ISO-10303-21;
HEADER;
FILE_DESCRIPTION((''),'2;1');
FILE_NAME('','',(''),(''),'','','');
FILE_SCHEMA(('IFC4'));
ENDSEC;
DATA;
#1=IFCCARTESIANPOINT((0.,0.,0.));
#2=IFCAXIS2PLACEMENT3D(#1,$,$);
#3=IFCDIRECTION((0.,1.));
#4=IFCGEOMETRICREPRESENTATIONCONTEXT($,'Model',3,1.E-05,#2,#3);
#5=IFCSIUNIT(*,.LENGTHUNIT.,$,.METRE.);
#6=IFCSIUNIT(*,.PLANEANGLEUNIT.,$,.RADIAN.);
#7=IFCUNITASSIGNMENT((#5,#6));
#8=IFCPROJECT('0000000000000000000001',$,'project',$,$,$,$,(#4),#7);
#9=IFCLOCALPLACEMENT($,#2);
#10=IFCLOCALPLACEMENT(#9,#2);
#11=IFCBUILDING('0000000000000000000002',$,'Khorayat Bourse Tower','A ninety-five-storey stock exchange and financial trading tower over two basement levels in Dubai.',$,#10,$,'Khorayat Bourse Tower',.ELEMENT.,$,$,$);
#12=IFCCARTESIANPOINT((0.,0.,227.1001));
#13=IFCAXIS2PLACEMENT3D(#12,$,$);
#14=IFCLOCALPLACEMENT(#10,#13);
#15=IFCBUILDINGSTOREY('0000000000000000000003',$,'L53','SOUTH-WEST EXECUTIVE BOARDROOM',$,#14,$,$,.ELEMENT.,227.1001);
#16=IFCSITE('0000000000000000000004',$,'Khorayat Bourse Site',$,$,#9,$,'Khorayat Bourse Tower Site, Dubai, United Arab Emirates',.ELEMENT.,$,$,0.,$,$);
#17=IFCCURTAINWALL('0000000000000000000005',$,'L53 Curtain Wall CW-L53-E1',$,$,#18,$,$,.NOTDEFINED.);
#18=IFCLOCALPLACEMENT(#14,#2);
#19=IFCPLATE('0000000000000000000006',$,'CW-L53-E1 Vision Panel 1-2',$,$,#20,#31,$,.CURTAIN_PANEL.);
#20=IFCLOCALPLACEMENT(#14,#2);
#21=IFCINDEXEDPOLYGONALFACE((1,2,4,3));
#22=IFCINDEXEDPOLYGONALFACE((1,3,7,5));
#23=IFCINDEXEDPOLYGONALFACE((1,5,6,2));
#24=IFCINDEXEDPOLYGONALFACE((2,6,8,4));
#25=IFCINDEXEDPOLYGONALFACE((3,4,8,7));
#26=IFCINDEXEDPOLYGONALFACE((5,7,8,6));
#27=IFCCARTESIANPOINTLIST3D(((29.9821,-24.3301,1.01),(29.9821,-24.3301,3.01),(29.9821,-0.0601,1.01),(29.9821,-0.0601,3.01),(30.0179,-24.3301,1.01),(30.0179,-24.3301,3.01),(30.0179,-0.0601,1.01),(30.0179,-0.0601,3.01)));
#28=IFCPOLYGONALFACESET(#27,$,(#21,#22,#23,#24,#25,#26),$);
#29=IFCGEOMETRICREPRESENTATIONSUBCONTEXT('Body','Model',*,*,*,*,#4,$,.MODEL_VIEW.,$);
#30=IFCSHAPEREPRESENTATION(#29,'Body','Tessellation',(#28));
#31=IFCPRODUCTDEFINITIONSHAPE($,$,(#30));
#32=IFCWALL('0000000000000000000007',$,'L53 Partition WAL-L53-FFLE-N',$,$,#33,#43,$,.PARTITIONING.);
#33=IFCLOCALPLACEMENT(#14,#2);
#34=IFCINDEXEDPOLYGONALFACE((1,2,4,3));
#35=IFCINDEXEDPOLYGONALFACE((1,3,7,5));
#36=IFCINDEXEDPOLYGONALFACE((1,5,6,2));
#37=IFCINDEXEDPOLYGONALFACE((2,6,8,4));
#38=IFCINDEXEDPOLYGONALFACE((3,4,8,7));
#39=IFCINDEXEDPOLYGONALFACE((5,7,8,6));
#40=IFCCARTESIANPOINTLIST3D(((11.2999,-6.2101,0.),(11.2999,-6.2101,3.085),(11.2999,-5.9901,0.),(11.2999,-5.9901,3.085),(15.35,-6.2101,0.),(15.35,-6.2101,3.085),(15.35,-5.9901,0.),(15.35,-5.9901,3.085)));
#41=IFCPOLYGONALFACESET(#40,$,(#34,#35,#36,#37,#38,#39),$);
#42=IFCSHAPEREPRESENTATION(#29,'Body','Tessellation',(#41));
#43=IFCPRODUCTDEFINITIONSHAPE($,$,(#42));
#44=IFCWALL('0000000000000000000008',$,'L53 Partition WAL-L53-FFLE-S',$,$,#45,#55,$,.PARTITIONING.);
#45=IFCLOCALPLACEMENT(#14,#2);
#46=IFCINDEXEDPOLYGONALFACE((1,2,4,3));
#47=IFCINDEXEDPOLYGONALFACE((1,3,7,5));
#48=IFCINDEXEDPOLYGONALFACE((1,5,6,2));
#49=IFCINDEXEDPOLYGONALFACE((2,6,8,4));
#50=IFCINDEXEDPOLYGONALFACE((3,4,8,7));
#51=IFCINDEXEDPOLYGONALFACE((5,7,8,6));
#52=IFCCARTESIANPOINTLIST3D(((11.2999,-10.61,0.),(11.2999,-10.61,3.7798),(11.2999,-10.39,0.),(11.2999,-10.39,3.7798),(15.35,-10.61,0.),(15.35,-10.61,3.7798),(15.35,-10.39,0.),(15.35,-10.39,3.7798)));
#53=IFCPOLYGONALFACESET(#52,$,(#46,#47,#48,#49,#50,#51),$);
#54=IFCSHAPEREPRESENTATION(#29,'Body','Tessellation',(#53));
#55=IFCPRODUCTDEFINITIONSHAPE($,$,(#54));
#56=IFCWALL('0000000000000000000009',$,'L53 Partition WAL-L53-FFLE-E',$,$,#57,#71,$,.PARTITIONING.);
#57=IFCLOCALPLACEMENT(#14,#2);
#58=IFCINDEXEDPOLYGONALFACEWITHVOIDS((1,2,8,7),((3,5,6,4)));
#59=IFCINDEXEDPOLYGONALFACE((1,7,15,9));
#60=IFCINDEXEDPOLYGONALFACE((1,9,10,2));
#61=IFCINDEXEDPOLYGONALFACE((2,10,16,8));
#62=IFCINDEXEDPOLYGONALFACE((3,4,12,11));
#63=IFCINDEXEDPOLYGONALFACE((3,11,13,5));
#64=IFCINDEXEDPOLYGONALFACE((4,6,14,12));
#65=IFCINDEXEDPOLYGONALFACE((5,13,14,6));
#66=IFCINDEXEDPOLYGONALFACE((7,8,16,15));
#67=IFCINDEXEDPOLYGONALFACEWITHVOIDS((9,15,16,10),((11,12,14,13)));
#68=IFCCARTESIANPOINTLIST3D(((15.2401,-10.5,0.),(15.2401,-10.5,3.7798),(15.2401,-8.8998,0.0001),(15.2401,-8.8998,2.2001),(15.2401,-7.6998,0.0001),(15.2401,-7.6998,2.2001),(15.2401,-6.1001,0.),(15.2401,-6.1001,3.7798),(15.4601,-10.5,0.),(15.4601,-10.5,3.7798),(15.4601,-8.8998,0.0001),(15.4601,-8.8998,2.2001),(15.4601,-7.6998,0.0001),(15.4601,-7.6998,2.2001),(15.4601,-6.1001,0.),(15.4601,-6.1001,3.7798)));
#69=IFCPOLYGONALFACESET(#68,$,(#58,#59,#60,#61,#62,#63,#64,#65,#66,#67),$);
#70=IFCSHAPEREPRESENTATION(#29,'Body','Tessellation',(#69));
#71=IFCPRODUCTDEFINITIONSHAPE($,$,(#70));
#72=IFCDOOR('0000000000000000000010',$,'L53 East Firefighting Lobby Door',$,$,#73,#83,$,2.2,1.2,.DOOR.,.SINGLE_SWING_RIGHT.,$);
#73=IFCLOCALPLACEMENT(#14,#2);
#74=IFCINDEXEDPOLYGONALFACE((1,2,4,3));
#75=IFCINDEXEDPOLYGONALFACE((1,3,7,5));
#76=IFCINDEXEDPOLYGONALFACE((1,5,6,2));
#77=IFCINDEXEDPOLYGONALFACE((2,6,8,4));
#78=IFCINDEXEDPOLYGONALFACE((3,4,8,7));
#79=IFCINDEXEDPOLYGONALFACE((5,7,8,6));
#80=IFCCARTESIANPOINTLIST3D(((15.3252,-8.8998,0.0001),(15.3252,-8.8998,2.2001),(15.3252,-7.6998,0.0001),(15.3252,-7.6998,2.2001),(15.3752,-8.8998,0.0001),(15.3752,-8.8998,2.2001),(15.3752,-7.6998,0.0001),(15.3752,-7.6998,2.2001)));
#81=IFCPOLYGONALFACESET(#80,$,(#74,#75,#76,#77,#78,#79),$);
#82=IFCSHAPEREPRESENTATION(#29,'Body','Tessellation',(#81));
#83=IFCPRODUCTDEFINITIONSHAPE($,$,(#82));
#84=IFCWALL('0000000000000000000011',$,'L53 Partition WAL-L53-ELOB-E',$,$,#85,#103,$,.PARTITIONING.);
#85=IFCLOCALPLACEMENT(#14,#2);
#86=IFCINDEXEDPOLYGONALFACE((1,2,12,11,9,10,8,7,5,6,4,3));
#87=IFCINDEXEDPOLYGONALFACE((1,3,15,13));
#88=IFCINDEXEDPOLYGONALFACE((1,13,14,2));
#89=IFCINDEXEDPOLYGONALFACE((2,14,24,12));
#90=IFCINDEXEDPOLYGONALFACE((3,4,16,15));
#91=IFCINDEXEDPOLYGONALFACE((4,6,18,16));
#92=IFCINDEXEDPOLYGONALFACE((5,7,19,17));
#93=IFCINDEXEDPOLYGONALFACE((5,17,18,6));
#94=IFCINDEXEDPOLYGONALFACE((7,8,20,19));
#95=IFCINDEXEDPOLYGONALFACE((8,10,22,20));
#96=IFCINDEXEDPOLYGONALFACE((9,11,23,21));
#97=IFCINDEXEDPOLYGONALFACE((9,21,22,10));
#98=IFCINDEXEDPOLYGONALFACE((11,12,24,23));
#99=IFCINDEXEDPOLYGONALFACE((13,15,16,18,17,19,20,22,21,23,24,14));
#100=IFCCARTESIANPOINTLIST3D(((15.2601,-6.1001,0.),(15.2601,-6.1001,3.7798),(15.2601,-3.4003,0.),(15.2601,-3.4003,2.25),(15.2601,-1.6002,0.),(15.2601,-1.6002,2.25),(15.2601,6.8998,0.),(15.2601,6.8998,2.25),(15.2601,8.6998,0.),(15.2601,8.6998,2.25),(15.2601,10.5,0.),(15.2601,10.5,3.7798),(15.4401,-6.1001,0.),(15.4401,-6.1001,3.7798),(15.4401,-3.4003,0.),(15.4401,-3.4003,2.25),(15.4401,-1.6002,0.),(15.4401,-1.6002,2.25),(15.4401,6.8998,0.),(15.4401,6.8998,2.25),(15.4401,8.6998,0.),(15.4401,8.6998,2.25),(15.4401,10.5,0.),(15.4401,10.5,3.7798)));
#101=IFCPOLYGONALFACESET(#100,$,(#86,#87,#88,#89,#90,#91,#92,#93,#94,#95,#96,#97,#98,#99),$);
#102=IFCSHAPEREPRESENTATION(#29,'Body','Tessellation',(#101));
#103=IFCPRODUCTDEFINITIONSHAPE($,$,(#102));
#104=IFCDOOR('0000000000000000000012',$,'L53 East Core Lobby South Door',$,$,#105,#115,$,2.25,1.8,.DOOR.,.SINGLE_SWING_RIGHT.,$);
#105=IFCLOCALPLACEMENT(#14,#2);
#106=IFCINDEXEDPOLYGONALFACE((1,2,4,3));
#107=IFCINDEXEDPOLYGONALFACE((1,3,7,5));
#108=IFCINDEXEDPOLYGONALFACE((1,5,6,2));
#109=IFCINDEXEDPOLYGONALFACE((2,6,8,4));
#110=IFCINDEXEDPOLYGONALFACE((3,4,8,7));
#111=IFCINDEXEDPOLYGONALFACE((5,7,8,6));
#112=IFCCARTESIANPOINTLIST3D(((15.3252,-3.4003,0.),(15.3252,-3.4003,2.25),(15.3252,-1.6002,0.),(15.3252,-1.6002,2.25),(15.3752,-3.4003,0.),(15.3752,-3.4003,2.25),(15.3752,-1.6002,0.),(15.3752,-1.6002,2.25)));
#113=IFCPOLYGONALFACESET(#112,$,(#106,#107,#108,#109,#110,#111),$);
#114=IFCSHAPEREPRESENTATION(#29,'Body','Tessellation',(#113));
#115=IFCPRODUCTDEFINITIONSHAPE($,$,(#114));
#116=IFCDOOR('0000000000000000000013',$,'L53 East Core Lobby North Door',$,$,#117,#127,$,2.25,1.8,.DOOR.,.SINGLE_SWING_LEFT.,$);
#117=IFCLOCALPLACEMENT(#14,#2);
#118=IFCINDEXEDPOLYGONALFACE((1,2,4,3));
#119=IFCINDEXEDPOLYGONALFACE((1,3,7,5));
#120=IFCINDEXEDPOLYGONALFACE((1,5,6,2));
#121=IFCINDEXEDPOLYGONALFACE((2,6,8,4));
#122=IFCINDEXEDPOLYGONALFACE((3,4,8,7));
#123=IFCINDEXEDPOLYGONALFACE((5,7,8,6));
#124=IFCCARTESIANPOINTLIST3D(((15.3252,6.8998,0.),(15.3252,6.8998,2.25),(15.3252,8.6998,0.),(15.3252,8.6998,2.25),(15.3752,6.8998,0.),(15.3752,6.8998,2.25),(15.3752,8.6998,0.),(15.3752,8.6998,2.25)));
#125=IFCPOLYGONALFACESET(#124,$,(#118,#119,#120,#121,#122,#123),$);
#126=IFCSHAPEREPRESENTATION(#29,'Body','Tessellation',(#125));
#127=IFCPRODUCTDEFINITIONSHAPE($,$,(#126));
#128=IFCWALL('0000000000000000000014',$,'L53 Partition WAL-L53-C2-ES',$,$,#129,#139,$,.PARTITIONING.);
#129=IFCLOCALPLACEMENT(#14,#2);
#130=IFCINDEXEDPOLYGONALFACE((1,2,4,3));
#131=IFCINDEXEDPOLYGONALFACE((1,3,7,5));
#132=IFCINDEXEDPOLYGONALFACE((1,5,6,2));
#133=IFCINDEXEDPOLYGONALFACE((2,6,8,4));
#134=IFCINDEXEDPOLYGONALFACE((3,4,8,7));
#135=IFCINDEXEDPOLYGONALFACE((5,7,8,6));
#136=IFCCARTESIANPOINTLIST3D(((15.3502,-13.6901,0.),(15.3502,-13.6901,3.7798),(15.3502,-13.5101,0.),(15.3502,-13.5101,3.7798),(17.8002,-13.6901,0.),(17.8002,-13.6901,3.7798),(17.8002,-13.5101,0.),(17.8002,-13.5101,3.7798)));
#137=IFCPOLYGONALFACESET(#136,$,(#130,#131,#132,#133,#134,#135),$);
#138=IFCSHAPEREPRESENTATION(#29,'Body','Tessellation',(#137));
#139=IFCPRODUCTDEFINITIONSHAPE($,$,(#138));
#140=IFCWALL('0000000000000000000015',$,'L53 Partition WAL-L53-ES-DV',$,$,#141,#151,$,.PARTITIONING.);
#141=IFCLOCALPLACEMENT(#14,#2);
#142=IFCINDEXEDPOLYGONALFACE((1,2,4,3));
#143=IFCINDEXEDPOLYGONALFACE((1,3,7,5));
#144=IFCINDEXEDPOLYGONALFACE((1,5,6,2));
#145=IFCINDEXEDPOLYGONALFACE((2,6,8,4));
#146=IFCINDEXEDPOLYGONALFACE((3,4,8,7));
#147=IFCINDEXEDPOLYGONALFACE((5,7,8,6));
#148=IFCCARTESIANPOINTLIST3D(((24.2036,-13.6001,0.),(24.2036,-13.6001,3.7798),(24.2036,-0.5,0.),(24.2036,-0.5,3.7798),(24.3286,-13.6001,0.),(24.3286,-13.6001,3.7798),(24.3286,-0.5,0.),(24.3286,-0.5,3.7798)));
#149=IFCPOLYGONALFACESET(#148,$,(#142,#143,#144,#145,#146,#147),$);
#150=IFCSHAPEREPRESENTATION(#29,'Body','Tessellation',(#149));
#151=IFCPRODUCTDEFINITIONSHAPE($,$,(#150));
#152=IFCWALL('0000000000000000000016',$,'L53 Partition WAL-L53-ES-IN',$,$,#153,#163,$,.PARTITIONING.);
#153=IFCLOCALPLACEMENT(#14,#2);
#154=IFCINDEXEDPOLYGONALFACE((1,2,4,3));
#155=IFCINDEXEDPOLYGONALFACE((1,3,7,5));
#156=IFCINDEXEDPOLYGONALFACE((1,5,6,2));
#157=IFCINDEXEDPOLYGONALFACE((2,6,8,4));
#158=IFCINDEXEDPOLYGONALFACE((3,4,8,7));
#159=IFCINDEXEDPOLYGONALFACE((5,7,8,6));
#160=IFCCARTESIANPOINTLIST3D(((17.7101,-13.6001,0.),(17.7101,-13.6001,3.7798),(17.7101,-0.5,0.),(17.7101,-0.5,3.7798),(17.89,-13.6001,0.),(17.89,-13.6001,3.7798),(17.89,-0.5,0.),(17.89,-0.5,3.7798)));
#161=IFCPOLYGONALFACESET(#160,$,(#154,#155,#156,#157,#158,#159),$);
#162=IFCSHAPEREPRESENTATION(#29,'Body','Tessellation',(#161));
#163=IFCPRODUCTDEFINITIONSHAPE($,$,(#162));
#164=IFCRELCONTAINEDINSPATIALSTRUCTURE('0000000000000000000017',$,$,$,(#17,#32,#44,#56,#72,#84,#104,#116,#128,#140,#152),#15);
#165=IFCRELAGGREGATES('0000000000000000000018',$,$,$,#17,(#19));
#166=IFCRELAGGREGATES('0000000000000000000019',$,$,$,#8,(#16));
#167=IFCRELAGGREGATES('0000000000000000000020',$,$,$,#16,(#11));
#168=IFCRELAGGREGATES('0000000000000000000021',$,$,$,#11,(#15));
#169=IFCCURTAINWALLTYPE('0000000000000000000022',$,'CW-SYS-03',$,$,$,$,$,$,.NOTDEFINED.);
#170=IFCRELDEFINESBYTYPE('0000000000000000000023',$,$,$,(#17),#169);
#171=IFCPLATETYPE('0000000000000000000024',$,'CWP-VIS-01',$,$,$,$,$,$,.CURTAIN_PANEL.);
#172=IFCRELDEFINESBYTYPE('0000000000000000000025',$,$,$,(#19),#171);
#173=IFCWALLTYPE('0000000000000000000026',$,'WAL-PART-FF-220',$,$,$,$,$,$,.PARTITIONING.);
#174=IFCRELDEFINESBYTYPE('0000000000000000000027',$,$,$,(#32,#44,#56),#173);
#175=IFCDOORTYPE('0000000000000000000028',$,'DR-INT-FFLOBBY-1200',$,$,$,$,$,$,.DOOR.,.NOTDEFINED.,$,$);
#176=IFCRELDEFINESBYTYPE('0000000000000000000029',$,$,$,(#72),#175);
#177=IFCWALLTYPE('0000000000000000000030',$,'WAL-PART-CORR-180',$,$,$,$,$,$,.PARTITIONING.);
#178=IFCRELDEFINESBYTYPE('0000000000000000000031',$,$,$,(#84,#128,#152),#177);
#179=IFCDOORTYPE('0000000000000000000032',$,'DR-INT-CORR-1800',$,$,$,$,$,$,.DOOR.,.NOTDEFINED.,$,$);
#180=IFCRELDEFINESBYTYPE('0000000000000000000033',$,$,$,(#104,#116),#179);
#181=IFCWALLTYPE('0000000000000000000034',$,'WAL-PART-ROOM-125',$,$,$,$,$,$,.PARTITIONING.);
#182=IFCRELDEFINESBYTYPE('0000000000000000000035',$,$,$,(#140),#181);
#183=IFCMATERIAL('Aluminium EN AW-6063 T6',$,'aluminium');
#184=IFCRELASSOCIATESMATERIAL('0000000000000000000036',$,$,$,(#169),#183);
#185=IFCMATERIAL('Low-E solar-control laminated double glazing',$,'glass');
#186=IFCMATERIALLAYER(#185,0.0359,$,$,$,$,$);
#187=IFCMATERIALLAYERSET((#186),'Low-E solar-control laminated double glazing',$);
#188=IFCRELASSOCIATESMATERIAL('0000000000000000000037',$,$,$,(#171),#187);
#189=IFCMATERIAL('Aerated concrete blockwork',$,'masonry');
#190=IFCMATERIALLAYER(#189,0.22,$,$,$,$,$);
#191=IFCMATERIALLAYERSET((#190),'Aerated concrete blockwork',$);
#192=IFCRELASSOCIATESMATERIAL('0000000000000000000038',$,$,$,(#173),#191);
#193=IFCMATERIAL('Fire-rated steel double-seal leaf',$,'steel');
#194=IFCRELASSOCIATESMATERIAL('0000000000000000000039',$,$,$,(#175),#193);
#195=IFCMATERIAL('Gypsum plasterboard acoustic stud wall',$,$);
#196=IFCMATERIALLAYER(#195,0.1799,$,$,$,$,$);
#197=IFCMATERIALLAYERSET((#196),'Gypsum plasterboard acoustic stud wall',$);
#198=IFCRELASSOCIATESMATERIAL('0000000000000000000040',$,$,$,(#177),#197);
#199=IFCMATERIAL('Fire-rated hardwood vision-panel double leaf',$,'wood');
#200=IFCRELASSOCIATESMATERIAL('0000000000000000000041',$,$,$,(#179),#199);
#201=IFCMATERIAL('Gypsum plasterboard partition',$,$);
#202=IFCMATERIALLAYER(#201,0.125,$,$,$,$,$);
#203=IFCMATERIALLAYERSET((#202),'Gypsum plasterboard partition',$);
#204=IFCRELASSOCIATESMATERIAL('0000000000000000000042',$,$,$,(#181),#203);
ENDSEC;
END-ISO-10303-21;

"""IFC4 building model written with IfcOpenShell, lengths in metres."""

from ifc_helpers import new_model, si_unit, direction, frame, frame_2d, origin, origin_2d, place, context, subcontext, project, spatial, rectangle, extrude, source, transform, mapped, material, layer, layer_set, type_object, element, fill, aggregate, save


model = new_model("IFC4")

# Units and contexts
model_context = context("Model", 3, precision=1e-05, world=origin(), true_north=direction((0.0, 1.0)))
body_context = subcontext(model_context, "Body", "Model", "MODEL_VIEW")
ifc_project = project(units=[si_unit("LENGTHUNIT", "METRE"), si_unit("PLANEANGLEUNIT", "RADIAN")], contexts=[model_context])

# Site, building, storey
site_placement = place(None, origin())
site = spatial("IfcSite", under=ifc_project, at=site_placement, Name="Khorayat Bourse Site", LongName="Khorayat Bourse Tower Site, Dubai, United Arab Emirates", CompositionType="ELEMENT", RefElevation=0.0)
building_placement = place(site_placement, origin())
building = spatial("IfcBuilding", under=site, at=building_placement, Name="Khorayat Bourse Tower", Description="A ninety-five-storey stock exchange and financial trading tower over two basement levels in Dubai.", LongName="Khorayat Bourse Tower", CompositionType="ELEMENT")
storey_placement = place(building_placement, frame((0.0, 0.0, 227.1001)))
storey = spatial("IfcBuildingStorey", under=building, at=storey_placement, Name="L53", Description="SOUTH-WEST EXECUTIVE BOARDROOM", CompositionType="ELEMENT", Elevation=227.1001)

# Curtain wall
ifc_material_1 = material(Name="Aluminium EN AW-6063 T6", Category="aluminium")
curtain_wall_type = type_object("IfcCurtainWallType", Name="CW-SYS-03", PredefinedType="NOTDEFINED", material=ifc_material_1)
curtain_wall_placement = place(storey_placement, origin())
curtain_wall = element("IfcCurtainWall", 1, at=curtain_wall_placement, inside=storey, type_object=curtain_wall_type, Name="L53 Curtain Wall CW-L53-E1", PredefinedType="NOTDEFINED")

# Plate
ifc_material_2 = material(Name="Low-E solar-control laminated double glazing", Category="glass")
ifc_layer_1 = layer(ifc_material_2, 0.0359)
ifc_layer_set_1 = layer_set([ifc_layer_1], Name="Low-E solar-control laminated double glazing")
plate_type_1 = type_object("IfcPlateType", Name="CWP-VIS-01", PredefinedType="CURTAIN_PANEL", material=ifc_layer_set_1)
shared_shape_1 = source(origin(), body_context, "Body", "SweptSolid", [
    extrude(rectangle(XDim=24.27, YDim=0.0359, at=origin_2d()), origin(), (0.0, 0.0, 1.0), 2.0),
])
plate_1_placement = place(storey_placement, frame((30.0, -12.1951, 1.01), z_axis=(0.0, 0.0, 1.0), x_axis=(0.0, 1.0, 0.0)))
plate_1 = element("IfcPlate", 2, at=plate_1_placement, type_object=plate_type_1, Name="CW-L53-E1 Vision Panel 1-2", PredefinedType="CURTAIN_PANEL", context=body_context, shape_type="MappedRepresentation", body=[
    mapped(shared_shape_1, transform((0.0, 0.0, 0.0), scale=1.0)),
])
aggregate(curtain_wall, [plate_1])

# Walls
ifc_material_3 = material(Name="Aerated concrete blockwork", Category="masonry")
ifc_layer_2 = layer(ifc_material_3, 0.22)
ifc_layer_set_2 = layer_set([ifc_layer_2], Name="Aerated concrete blockwork")
wall_type_1 = type_object("IfcWallType", Name="WAL-PART-FF-220", PredefinedType="PARTITIONING", material=ifc_layer_set_2)
shared_shape_2 = source(origin(), body_context, "Body", "SweptSolid", [
    extrude(rectangle(XDim=4.05, YDim=0.22, at=frame_2d((2.0249, 0.0))), origin(), (0.0, 0.0, 1.0), 3.085),
])
wall_1_placement = place(storey_placement, frame((11.3, -6.1001, 0.0), z_axis=(0.0, 0.0, 1.0), x_axis=(1.0, 0.0, 0.0)))
element("IfcWall", 3, at=wall_1_placement, inside=storey, type_object=wall_type_1, Name="L53 Partition WAL-L53-FFLE-N", PredefinedType="PARTITIONING", context=body_context, shape_type="MappedRepresentation", body=[
    mapped(shared_shape_2, transform((0.0, 0.0, 0.0), scale=1.0)),
])
shared_shape_3 = source(origin(), body_context, "Body", "SweptSolid", [
    extrude(rectangle(XDim=4.05, YDim=0.22, at=frame_2d((2.0249, 0.0))), origin(), (0.0, 0.0, 1.0), 3.7798),
])
wall_2_placement = place(storey_placement, frame((11.3, -10.5, 0.0), z_axis=(0.0, 0.0, 1.0), x_axis=(1.0, 0.0, 0.0)))
element("IfcWall", 4, at=wall_2_placement, inside=storey, type_object=wall_type_1, Name="L53 Partition WAL-L53-FFLE-S", PredefinedType="PARTITIONING", context=body_context, shape_type="MappedRepresentation", body=[
    mapped(shared_shape_3, transform((0.0, 0.0, 0.0), scale=1.0)),
])

# Wall, opening, door
shared_shape_4 = source(origin(), body_context, "Body", "SweptSolid", [
    extrude(rectangle(XDim=4.3999, YDim=0.22, at=frame_2d((2.2, 0.0))), origin(), (0.0, 0.0, 1.0), 3.7798),
])
wall_3_placement = place(storey_placement, frame((15.3501, -10.5, 0.0), z_axis=(0.0, 0.0, 1.0), x_axis=(0.0, 1.0, 0.0)))
wall_3 = element("IfcWall", 5, at=wall_3_placement, inside=storey, type_object=wall_type_1, Name="L53 Partition WAL-L53-FFLE-E", PredefinedType="PARTITIONING", context=body_context, shape_type="MappedRepresentation", body=[
    mapped(shared_shape_4, transform((0.0, 0.0, 0.0), scale=1.0)),
])
shared_shape_5 = source(origin(), body_context, "Body", "SweptSolid", [
    extrude(rectangle(XDim=1.2, YDim=2.2, at=frame_2d((0.6001, 1.1001))), frame((0.0, 0.1199, 0.0), z_axis=(0.0, -1.0, 0.0), x_axis=(1.0, 0.0, 0.0)), (0.0, 0.0, 1.0), 0.24),
])
opening_1_placement = place(wall_3_placement, frame((1.6001, 0.0, 0.0)))
opening_1 = element("IfcOpeningElement", 6, at=opening_1_placement, cuts=wall_3, PredefinedType="OPENING", context=body_context, shape_type="MappedRepresentation", body=[
    mapped(shared_shape_5, transform((0.0, 0.0, 0.0), scale=1.0)),
])
ifc_material_4 = material(Name="Fire-rated steel double-seal leaf", Category="steel")
door_type_1 = type_object("IfcDoorType", Name="DR-INT-FFLOBBY-1200", OperationType="NOTDEFINED", PredefinedType="DOOR", material=ifc_material_4)
shared_shape_6 = source(origin(), body_context, "Body", "SweptSolid", [
    extrude(rectangle(XDim=1.2, YDim=2.2, at=frame_2d((0.6001, 1.1001))), frame((0.0, 0.0249, 0.0), z_axis=(0.0, -1.0, 0.0), x_axis=(1.0, 0.0, 0.0)), (0.0, 0.0, 1.0), 0.05),
])
door_1_placement = place(opening_1_placement, origin())
door_1 = element("IfcDoor", 7, at=door_1_placement, inside=storey, type_object=door_type_1, Name="L53 East Firefighting Lobby Door", OperationType="SINGLE_SWING_RIGHT", OverallHeight=2.2, OverallWidth=1.2, PredefinedType="DOOR", context=body_context, shape_type="MappedRepresentation", body=[
    mapped(shared_shape_6, transform((0.0, 0.0, 0.0), scale=1.0)),
])
fill(opening_1, door_1)

# Wall, openings, doors
ifc_material_5 = material(Name="Gypsum plasterboard acoustic stud wall")
ifc_layer_3 = layer(ifc_material_5, 0.1799)
ifc_layer_set_3 = layer_set([ifc_layer_3], Name="Gypsum plasterboard acoustic stud wall")
wall_type_2 = type_object("IfcWallType", Name="WAL-PART-CORR-180", PredefinedType="PARTITIONING", material=ifc_layer_set_3)
shared_shape_7 = source(origin(), body_context, "Body", "SweptSolid", [
    extrude(rectangle(XDim=16.6001, YDim=0.1799, at=frame_2d((8.3, 0.0))), origin(), (0.0, 0.0, 1.0), 3.7798),
])
wall_4_placement = place(storey_placement, frame((15.3501, -6.1001, 0.0), z_axis=(0.0, 0.0, 1.0), x_axis=(0.0, 1.0, 0.0)))
wall_4 = element("IfcWall", 8, at=wall_4_placement, inside=storey, type_object=wall_type_2, Name="L53 Partition WAL-L53-ELOB-E", PredefinedType="PARTITIONING", context=body_context, shape_type="MappedRepresentation", body=[
    mapped(shared_shape_7, transform((0.0, 0.0, 0.0), scale=1.0)),
])
shared_shape_8 = source(origin(), body_context, "Body", "SweptSolid", [
    extrude(rectangle(XDim=1.8, YDim=2.25, at=frame_2d((0.8999, 1.125))), frame((0.0, 0.0999, 0.0), z_axis=(0.0, -1.0, 0.0), x_axis=(1.0, 0.0, 0.0)), (0.0, 0.0, 1.0), 0.2),
])
opening_2_placement = place(wall_4_placement, frame((2.7, 0.0, 0.0)))
opening_2 = element("IfcOpeningElement", 9, at=opening_2_placement, cuts=wall_4, PredefinedType="OPENING", context=body_context, shape_type="MappedRepresentation", body=[
    mapped(shared_shape_8, transform((0.0, 0.0, 0.0), scale=1.0)),
])
opening_3_placement = place(wall_4_placement, frame((13.0, 0.0, 0.0)))
opening_3 = element("IfcOpeningElement", 10, at=opening_3_placement, cuts=wall_4, PredefinedType="OPENING", context=body_context, shape_type="MappedRepresentation", body=[
    mapped(shared_shape_8, transform((0.0, 0.0, 0.0), scale=1.0)),
])
ifc_material_6 = material(Name="Fire-rated hardwood vision-panel double leaf", Category="wood")
door_type_2 = type_object("IfcDoorType", Name="DR-INT-CORR-1800", OperationType="NOTDEFINED", PredefinedType="DOOR", material=ifc_material_6)
shared_shape_9 = source(origin(), body_context, "Body", "SweptSolid", [
    extrude(rectangle(XDim=1.8, YDim=2.25, at=frame_2d((0.8999, 1.125))), frame((0.0, 0.0249, 0.0), z_axis=(0.0, -1.0, 0.0), x_axis=(1.0, 0.0, 0.0)), (0.0, 0.0, 1.0), 0.05),
])
door_2_placement = place(opening_2_placement, origin())
door_2 = element("IfcDoor", 11, at=door_2_placement, inside=storey, type_object=door_type_2, Name="L53 East Core Lobby South Door", OperationType="SINGLE_SWING_RIGHT", OverallHeight=2.25, OverallWidth=1.8, PredefinedType="DOOR", context=body_context, shape_type="MappedRepresentation", body=[
    mapped(shared_shape_9, transform((0.0, 0.0, 0.0), scale=1.0)),
])
fill(opening_2, door_2)
door_3_placement = place(opening_3_placement, origin())
door_3 = element("IfcDoor", 12, at=door_3_placement, inside=storey, type_object=door_type_2, Name="L53 East Core Lobby North Door", OperationType="SINGLE_SWING_LEFT", OverallHeight=2.25, OverallWidth=1.8, PredefinedType="DOOR", context=body_context, shape_type="MappedRepresentation", body=[
    mapped(shared_shape_9, transform((0.0, 0.0, 0.0), scale=1.0)),
])
fill(opening_3, door_3)

# Walls
shared_shape_10 = source(origin(), body_context, "Body", "SweptSolid", [
    extrude(rectangle(XDim=2.45, YDim=0.1799, at=frame_2d((1.2251, 0.0))), origin(), (0.0, 0.0, 1.0), 3.7798),
])
wall_5_placement = place(storey_placement, frame((15.3501, -13.6001, 0.0), z_axis=(0.0, 0.0, 1.0), x_axis=(1.0, 0.0, 0.0)))
element("IfcWall", 13, at=wall_5_placement, inside=storey, type_object=wall_type_2, Name="L53 Partition WAL-L53-C2-ES", PredefinedType="PARTITIONING", context=body_context, shape_type="MappedRepresentation", body=[
    mapped(shared_shape_10, transform((0.0, 0.0, 0.0), scale=1.0)),
])
ifc_material_7 = material(Name="Gypsum plasterboard partition")
ifc_layer_4 = layer(ifc_material_7, 0.125)
ifc_layer_set_4 = layer_set([ifc_layer_4], Name="Gypsum plasterboard partition")
wall_type_3 = type_object("IfcWallType", Name="WAL-PART-ROOM-125", PredefinedType="PARTITIONING", material=ifc_layer_set_4)
shared_shape_11 = source(origin(), body_context, "Body", "SweptSolid", [
    extrude(rectangle(XDim=13.1001, YDim=0.125, at=frame_2d((6.55, 0.0))), origin(), (0.0, 0.0, 1.0), 3.7798),
])
wall_6_placement = place(storey_placement, frame((24.2661, -13.6001, 0.0), z_axis=(0.0, 0.0, 1.0), x_axis=(0.0, 1.0, 0.0)))
element("IfcWall", 14, at=wall_6_placement, inside=storey, type_object=wall_type_3, Name="L53 Partition WAL-L53-ES-DV", PredefinedType="PARTITIONING", context=body_context, shape_type="MappedRepresentation", body=[
    mapped(shared_shape_11, transform((0.0, 0.0, 0.0), scale=1.0)),
])
shared_shape_12 = source(origin(), body_context, "Body", "SweptSolid", [
    extrude(rectangle(XDim=13.1001, YDim=0.1799, at=frame_2d((6.55, 0.0))), origin(), (0.0, 0.0, 1.0), 3.7798),
])
wall_7_placement = place(storey_placement, frame((17.8, -13.6001, 0.0), z_axis=(0.0, 0.0, 1.0), x_axis=(0.0, 1.0, 0.0)))
element("IfcWall", 15, at=wall_7_placement, inside=storey, type_object=wall_type_2, Name="L53 Partition WAL-L53-ES-IN", PredefinedType="PARTITIONING", context=body_context, shape_type="MappedRepresentation", body=[
    mapped(shared_shape_12, transform((0.0, 0.0, 0.0), scale=1.0)),
])

save(model, "model.ifc")
